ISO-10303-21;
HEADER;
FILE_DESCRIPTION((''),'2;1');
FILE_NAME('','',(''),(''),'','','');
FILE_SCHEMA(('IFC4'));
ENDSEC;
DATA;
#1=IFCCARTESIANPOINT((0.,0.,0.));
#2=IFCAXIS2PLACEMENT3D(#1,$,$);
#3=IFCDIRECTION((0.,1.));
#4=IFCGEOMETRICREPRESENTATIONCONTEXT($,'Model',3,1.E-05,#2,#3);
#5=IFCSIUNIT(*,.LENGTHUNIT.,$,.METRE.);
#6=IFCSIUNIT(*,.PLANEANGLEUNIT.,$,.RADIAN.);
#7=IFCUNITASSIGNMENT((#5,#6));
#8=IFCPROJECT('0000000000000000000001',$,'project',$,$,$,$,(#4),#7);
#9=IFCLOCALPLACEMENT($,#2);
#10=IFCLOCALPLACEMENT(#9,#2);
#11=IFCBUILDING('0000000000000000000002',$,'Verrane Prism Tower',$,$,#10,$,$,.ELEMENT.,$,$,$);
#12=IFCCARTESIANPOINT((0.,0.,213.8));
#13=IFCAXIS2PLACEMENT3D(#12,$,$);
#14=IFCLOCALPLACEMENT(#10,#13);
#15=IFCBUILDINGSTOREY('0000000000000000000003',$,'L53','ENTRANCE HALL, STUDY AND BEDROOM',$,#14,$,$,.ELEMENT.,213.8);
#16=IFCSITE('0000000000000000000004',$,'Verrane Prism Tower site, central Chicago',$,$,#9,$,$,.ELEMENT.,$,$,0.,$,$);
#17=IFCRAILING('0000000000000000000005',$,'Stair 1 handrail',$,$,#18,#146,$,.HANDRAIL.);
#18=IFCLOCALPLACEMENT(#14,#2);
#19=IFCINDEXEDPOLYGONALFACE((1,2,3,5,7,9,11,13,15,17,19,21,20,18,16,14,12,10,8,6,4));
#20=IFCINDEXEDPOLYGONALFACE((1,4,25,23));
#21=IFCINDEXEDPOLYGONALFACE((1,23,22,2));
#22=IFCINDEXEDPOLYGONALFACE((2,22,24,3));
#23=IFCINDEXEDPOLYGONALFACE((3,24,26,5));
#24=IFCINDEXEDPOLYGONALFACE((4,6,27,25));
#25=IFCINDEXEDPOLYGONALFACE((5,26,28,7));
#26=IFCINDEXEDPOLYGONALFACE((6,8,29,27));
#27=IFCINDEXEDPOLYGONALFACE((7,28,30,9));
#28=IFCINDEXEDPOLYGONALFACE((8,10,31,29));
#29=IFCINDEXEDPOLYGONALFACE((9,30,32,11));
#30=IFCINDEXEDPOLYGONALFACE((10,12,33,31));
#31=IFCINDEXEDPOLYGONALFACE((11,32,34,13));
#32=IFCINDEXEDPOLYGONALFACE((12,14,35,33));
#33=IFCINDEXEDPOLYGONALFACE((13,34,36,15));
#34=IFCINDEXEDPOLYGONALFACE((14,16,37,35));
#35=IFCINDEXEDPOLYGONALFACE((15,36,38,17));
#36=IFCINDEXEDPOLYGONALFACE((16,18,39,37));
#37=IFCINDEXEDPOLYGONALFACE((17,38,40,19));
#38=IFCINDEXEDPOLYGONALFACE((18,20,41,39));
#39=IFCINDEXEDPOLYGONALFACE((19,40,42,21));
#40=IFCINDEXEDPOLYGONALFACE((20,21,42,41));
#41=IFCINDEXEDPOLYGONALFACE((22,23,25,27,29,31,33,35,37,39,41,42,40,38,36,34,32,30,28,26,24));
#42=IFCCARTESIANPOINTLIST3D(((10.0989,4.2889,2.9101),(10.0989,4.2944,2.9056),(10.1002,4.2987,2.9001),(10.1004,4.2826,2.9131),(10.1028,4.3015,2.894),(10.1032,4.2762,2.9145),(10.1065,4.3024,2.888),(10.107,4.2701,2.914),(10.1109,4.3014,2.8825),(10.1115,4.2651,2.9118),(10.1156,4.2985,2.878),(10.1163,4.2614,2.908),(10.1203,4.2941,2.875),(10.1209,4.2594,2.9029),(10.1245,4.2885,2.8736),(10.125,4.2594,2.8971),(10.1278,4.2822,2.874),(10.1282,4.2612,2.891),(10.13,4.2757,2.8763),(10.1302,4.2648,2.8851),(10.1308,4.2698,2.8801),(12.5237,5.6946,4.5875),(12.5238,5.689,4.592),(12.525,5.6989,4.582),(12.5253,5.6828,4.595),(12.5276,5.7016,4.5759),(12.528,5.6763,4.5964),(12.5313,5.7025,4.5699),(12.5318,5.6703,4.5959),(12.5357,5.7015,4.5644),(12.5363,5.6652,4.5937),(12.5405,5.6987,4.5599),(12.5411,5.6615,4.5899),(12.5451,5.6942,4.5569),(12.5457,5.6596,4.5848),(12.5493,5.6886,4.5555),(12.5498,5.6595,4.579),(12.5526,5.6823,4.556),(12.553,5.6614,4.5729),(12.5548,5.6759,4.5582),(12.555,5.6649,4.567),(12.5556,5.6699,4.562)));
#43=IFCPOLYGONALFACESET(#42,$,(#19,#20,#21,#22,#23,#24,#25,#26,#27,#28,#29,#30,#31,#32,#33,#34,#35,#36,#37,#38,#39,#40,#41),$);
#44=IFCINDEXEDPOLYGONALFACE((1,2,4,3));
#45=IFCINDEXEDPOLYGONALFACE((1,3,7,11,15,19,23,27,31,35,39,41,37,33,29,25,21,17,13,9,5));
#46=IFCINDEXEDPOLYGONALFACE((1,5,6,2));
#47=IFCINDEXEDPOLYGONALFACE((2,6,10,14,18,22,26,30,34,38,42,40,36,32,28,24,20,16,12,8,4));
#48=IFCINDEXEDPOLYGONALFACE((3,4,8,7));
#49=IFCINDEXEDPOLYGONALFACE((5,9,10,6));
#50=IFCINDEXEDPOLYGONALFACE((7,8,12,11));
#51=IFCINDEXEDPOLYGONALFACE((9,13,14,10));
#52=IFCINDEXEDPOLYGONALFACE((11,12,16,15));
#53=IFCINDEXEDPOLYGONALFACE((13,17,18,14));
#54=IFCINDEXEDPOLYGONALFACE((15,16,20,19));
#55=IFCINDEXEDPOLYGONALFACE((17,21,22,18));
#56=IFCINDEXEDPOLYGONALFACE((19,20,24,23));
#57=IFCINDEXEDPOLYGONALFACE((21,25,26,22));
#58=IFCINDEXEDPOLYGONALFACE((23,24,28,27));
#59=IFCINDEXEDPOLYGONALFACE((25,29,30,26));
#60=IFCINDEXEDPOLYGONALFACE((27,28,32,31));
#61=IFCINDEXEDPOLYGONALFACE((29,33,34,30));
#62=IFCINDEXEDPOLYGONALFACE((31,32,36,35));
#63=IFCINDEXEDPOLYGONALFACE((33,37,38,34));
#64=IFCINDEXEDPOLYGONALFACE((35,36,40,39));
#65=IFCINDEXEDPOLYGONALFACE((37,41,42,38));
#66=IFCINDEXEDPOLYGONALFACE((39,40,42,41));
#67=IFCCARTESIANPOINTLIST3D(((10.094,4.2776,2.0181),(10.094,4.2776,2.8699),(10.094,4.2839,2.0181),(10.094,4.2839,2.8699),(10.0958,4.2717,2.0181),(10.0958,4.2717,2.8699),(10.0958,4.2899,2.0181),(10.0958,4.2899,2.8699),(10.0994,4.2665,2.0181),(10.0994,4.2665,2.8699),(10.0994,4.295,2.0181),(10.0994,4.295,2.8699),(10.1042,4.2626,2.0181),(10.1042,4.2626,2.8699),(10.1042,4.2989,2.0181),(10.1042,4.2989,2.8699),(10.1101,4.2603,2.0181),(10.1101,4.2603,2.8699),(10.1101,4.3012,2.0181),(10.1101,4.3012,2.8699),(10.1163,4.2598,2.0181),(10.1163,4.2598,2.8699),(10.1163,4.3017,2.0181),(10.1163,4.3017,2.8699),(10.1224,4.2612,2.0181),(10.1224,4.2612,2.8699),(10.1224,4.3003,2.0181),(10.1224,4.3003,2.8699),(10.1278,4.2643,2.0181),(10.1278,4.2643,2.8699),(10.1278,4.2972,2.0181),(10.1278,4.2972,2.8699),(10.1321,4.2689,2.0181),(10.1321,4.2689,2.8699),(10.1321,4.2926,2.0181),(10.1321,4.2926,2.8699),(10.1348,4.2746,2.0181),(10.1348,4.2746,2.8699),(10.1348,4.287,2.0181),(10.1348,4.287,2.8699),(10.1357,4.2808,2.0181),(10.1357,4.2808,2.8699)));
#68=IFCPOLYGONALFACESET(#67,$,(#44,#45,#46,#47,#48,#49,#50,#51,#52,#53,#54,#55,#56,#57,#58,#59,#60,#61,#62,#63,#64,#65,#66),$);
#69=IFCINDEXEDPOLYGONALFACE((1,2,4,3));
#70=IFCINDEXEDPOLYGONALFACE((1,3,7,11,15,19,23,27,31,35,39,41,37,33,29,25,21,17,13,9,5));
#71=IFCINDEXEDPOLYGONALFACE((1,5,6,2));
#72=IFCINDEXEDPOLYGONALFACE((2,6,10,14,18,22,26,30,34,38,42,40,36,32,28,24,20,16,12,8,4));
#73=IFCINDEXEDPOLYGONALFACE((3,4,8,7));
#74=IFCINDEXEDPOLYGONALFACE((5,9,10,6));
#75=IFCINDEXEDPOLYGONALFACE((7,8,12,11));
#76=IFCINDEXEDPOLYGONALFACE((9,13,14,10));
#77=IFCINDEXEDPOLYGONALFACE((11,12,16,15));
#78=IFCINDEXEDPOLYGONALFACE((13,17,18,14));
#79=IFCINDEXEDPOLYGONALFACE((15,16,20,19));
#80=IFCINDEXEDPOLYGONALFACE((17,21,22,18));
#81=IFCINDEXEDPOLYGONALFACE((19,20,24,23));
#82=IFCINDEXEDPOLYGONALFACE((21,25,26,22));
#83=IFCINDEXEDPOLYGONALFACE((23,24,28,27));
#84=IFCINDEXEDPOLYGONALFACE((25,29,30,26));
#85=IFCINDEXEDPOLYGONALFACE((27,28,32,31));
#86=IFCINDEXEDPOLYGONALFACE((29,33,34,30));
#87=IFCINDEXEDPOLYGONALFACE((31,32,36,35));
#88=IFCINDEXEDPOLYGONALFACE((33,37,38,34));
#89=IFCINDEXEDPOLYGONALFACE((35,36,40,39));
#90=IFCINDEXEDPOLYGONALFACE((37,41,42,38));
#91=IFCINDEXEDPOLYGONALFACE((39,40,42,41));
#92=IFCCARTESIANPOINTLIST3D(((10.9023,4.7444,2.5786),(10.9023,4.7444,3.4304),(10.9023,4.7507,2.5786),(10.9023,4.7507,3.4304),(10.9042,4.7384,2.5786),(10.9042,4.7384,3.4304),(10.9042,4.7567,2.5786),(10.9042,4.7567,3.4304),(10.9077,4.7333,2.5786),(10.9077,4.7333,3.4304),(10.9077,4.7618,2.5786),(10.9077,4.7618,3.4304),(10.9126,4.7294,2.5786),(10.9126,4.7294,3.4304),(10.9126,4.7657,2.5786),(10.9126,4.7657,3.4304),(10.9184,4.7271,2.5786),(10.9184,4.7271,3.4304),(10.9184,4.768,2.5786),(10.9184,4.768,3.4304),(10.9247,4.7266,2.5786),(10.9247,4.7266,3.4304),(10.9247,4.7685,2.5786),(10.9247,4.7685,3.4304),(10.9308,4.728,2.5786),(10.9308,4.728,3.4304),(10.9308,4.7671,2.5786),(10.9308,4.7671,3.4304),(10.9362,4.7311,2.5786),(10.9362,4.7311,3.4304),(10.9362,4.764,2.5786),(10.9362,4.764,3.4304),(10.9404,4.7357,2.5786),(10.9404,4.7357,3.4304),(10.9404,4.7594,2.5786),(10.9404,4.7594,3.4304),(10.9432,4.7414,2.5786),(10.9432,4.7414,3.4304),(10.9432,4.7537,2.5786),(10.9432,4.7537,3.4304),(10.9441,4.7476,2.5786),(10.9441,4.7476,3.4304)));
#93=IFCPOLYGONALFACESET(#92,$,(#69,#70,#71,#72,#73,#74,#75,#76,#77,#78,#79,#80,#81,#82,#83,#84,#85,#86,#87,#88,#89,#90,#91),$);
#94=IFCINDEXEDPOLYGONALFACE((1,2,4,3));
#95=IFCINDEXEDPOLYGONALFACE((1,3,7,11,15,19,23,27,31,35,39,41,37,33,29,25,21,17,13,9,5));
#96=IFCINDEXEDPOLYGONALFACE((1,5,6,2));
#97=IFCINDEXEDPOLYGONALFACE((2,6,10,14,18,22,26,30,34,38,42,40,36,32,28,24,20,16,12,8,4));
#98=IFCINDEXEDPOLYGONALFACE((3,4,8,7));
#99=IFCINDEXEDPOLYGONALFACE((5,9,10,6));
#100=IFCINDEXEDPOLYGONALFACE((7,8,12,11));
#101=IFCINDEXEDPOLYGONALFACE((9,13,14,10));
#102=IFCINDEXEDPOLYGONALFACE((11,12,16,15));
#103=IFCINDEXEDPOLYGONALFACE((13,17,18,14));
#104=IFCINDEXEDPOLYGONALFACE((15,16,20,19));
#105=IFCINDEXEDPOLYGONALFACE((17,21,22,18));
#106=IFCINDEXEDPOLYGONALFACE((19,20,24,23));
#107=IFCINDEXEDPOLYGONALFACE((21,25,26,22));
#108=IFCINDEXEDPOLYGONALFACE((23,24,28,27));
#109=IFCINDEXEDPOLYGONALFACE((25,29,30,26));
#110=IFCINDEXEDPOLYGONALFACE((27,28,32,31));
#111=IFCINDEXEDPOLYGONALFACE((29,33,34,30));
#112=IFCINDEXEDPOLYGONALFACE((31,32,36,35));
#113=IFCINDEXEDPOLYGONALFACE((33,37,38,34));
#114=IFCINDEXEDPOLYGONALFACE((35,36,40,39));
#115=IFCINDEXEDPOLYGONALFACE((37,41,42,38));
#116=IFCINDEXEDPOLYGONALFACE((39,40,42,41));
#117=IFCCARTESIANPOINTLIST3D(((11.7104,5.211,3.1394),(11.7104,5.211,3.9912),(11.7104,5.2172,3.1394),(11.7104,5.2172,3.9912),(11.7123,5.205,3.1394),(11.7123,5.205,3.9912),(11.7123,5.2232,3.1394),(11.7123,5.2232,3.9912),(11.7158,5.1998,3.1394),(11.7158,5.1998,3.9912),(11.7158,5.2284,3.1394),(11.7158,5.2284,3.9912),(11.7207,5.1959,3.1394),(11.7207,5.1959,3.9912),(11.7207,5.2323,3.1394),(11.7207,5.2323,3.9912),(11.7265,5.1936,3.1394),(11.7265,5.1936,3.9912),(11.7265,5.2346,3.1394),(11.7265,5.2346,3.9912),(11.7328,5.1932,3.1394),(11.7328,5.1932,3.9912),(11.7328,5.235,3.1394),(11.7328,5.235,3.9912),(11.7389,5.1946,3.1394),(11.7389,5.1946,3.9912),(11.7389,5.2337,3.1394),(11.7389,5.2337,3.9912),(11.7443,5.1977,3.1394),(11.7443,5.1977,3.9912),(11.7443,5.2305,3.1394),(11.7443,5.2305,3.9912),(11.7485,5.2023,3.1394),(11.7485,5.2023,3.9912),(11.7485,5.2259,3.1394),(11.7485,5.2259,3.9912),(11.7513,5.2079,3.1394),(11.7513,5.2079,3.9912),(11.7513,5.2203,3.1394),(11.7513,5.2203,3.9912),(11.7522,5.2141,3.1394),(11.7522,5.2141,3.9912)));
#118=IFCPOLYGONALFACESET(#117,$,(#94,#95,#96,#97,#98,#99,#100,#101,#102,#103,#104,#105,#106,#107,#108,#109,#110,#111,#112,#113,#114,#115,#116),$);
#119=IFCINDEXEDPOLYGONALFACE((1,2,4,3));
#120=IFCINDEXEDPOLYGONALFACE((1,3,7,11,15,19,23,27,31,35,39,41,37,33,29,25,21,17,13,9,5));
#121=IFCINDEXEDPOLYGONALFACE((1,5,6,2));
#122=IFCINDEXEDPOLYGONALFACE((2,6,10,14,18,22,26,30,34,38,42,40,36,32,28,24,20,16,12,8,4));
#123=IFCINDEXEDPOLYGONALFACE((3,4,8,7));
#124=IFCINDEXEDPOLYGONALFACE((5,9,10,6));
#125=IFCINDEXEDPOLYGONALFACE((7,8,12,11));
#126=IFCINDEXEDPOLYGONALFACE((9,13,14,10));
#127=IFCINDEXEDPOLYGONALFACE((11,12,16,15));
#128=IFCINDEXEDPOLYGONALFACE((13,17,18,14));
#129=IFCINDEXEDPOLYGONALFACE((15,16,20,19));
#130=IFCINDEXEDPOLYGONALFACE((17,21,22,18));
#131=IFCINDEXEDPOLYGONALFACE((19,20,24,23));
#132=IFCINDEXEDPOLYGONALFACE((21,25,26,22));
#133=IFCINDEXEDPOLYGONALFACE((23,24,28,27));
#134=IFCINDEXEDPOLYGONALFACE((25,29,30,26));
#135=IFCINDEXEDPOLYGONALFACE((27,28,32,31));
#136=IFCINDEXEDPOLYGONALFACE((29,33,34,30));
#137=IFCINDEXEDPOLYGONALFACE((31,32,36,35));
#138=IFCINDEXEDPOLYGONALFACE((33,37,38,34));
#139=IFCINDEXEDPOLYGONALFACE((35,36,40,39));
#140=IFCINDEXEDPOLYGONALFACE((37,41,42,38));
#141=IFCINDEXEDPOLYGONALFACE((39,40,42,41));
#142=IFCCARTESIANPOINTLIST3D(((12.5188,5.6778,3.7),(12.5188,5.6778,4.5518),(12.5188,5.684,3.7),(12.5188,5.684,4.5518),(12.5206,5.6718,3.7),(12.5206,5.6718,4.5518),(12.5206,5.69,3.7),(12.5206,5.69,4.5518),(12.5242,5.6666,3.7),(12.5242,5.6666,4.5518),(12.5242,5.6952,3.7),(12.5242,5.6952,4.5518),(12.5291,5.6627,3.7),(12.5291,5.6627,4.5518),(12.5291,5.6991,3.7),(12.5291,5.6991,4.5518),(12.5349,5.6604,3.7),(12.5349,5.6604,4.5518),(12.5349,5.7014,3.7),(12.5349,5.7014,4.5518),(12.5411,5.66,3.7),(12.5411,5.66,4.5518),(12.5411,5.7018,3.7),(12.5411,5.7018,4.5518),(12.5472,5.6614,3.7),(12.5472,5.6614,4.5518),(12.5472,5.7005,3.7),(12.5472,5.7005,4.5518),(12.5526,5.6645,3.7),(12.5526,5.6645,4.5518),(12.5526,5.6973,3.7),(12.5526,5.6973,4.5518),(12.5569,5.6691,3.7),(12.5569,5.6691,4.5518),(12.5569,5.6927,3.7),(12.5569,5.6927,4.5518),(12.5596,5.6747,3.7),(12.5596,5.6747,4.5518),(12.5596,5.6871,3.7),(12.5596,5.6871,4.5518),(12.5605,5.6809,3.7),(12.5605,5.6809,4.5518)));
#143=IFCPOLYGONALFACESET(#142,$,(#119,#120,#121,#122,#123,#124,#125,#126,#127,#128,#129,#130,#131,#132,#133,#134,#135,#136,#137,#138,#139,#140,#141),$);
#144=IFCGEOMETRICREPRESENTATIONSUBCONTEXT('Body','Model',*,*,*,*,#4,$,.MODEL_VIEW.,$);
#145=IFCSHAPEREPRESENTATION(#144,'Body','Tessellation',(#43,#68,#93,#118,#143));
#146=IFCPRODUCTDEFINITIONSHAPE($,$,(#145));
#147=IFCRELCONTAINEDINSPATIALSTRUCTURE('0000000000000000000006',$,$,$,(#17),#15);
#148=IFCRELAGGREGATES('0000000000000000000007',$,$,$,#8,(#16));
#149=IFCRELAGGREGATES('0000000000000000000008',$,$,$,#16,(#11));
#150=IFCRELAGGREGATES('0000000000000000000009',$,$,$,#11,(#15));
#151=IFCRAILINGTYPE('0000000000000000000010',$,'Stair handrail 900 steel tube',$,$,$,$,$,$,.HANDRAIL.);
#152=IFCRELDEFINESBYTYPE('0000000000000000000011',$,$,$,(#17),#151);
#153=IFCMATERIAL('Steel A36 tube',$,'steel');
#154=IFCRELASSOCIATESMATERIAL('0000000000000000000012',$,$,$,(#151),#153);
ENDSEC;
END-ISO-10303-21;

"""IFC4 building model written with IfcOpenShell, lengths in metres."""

from ifc_helpers import new_model, si_unit, direction, frame, origin, origin_2d, place, context, subcontext, project, spatial, circle, extrude, material, type_object, element, save


model = new_model("IFC4")

# Units and contexts
model_context = context("Model", 3, precision=1e-05, world=origin(), true_north=direction((0.0, 1.0)))
body_context = subcontext(model_context, "Body", "Model", "MODEL_VIEW")
ifc_project = project(units=[si_unit("LENGTHUNIT", "METRE"), si_unit("PLANEANGLEUNIT", "RADIAN")], contexts=[model_context])

# Site, building, storey
site_placement = place(None, origin())
site = spatial("IfcSite", under=ifc_project, at=site_placement, Name="Verrane Prism Tower site, central Chicago", CompositionType="ELEMENT", RefElevation=0.0)
building_placement = place(site_placement, origin())
building = spatial("IfcBuilding", under=site, at=building_placement, Name="Verrane Prism Tower", CompositionType="ELEMENT")
storey_placement = place(building_placement, frame((0.0, 0.0, 213.8)))
storey = spatial("IfcBuildingStorey", under=building, at=storey_placement, Name="L53", Description="ENTRANCE HALL, STUDY AND BEDROOM", CompositionType="ELEMENT", Elevation=213.8)

# Railing
ifc_material_1 = material(Name="Steel A36 tube", Category="steel")
railing_type_1 = type_object("IfcRailingType", Name="Stair handrail 900 steel tube", PredefinedType="HANDRAIL", material=ifc_material_1)
railing_1_placement = place(storey_placement, frame((10.1147, 4.2808, 2.0181)))
element("IfcRailing", 1, at=railing_1_placement, inside=storey, type_object=railing_type_1, Name="Stair 1 handrail", PredefinedType="HANDRAIL", context=body_context, shape_type="SweptSolid", body=[
    extrude(circle(Radius=0.0239, at=origin_2d()), frame((0.0, 0.0, 0.876), z_axis=(0.742367, 0.428662, 0.514918), x_axis=(-0.50005, 0.865997, 0.0)), (0.0, 0.0, 1.0), 3.2664),
    extrude(circle(Radius=0.021, at=origin_2d()), origin(), (0.0, 0.0, 1.0), 0.8518),
    extrude(circle(Radius=0.021, at=origin_2d()), frame((0.8083, 0.4668, 0.5605)), (0.0, 0.0, 1.0), 0.8518),
    extrude(circle(Radius=0.021, at=origin_2d()), frame((1.6165, 0.9333, 1.1213)), (0.0, 0.0, 1.0), 0.8518),
    extrude(circle(Radius=0.021, at=origin_2d()), frame((2.4248, 1.4001, 1.6819)), (0.0, 0.0, 1.0), 0.8518),
])

save(model, "model.ifc")
